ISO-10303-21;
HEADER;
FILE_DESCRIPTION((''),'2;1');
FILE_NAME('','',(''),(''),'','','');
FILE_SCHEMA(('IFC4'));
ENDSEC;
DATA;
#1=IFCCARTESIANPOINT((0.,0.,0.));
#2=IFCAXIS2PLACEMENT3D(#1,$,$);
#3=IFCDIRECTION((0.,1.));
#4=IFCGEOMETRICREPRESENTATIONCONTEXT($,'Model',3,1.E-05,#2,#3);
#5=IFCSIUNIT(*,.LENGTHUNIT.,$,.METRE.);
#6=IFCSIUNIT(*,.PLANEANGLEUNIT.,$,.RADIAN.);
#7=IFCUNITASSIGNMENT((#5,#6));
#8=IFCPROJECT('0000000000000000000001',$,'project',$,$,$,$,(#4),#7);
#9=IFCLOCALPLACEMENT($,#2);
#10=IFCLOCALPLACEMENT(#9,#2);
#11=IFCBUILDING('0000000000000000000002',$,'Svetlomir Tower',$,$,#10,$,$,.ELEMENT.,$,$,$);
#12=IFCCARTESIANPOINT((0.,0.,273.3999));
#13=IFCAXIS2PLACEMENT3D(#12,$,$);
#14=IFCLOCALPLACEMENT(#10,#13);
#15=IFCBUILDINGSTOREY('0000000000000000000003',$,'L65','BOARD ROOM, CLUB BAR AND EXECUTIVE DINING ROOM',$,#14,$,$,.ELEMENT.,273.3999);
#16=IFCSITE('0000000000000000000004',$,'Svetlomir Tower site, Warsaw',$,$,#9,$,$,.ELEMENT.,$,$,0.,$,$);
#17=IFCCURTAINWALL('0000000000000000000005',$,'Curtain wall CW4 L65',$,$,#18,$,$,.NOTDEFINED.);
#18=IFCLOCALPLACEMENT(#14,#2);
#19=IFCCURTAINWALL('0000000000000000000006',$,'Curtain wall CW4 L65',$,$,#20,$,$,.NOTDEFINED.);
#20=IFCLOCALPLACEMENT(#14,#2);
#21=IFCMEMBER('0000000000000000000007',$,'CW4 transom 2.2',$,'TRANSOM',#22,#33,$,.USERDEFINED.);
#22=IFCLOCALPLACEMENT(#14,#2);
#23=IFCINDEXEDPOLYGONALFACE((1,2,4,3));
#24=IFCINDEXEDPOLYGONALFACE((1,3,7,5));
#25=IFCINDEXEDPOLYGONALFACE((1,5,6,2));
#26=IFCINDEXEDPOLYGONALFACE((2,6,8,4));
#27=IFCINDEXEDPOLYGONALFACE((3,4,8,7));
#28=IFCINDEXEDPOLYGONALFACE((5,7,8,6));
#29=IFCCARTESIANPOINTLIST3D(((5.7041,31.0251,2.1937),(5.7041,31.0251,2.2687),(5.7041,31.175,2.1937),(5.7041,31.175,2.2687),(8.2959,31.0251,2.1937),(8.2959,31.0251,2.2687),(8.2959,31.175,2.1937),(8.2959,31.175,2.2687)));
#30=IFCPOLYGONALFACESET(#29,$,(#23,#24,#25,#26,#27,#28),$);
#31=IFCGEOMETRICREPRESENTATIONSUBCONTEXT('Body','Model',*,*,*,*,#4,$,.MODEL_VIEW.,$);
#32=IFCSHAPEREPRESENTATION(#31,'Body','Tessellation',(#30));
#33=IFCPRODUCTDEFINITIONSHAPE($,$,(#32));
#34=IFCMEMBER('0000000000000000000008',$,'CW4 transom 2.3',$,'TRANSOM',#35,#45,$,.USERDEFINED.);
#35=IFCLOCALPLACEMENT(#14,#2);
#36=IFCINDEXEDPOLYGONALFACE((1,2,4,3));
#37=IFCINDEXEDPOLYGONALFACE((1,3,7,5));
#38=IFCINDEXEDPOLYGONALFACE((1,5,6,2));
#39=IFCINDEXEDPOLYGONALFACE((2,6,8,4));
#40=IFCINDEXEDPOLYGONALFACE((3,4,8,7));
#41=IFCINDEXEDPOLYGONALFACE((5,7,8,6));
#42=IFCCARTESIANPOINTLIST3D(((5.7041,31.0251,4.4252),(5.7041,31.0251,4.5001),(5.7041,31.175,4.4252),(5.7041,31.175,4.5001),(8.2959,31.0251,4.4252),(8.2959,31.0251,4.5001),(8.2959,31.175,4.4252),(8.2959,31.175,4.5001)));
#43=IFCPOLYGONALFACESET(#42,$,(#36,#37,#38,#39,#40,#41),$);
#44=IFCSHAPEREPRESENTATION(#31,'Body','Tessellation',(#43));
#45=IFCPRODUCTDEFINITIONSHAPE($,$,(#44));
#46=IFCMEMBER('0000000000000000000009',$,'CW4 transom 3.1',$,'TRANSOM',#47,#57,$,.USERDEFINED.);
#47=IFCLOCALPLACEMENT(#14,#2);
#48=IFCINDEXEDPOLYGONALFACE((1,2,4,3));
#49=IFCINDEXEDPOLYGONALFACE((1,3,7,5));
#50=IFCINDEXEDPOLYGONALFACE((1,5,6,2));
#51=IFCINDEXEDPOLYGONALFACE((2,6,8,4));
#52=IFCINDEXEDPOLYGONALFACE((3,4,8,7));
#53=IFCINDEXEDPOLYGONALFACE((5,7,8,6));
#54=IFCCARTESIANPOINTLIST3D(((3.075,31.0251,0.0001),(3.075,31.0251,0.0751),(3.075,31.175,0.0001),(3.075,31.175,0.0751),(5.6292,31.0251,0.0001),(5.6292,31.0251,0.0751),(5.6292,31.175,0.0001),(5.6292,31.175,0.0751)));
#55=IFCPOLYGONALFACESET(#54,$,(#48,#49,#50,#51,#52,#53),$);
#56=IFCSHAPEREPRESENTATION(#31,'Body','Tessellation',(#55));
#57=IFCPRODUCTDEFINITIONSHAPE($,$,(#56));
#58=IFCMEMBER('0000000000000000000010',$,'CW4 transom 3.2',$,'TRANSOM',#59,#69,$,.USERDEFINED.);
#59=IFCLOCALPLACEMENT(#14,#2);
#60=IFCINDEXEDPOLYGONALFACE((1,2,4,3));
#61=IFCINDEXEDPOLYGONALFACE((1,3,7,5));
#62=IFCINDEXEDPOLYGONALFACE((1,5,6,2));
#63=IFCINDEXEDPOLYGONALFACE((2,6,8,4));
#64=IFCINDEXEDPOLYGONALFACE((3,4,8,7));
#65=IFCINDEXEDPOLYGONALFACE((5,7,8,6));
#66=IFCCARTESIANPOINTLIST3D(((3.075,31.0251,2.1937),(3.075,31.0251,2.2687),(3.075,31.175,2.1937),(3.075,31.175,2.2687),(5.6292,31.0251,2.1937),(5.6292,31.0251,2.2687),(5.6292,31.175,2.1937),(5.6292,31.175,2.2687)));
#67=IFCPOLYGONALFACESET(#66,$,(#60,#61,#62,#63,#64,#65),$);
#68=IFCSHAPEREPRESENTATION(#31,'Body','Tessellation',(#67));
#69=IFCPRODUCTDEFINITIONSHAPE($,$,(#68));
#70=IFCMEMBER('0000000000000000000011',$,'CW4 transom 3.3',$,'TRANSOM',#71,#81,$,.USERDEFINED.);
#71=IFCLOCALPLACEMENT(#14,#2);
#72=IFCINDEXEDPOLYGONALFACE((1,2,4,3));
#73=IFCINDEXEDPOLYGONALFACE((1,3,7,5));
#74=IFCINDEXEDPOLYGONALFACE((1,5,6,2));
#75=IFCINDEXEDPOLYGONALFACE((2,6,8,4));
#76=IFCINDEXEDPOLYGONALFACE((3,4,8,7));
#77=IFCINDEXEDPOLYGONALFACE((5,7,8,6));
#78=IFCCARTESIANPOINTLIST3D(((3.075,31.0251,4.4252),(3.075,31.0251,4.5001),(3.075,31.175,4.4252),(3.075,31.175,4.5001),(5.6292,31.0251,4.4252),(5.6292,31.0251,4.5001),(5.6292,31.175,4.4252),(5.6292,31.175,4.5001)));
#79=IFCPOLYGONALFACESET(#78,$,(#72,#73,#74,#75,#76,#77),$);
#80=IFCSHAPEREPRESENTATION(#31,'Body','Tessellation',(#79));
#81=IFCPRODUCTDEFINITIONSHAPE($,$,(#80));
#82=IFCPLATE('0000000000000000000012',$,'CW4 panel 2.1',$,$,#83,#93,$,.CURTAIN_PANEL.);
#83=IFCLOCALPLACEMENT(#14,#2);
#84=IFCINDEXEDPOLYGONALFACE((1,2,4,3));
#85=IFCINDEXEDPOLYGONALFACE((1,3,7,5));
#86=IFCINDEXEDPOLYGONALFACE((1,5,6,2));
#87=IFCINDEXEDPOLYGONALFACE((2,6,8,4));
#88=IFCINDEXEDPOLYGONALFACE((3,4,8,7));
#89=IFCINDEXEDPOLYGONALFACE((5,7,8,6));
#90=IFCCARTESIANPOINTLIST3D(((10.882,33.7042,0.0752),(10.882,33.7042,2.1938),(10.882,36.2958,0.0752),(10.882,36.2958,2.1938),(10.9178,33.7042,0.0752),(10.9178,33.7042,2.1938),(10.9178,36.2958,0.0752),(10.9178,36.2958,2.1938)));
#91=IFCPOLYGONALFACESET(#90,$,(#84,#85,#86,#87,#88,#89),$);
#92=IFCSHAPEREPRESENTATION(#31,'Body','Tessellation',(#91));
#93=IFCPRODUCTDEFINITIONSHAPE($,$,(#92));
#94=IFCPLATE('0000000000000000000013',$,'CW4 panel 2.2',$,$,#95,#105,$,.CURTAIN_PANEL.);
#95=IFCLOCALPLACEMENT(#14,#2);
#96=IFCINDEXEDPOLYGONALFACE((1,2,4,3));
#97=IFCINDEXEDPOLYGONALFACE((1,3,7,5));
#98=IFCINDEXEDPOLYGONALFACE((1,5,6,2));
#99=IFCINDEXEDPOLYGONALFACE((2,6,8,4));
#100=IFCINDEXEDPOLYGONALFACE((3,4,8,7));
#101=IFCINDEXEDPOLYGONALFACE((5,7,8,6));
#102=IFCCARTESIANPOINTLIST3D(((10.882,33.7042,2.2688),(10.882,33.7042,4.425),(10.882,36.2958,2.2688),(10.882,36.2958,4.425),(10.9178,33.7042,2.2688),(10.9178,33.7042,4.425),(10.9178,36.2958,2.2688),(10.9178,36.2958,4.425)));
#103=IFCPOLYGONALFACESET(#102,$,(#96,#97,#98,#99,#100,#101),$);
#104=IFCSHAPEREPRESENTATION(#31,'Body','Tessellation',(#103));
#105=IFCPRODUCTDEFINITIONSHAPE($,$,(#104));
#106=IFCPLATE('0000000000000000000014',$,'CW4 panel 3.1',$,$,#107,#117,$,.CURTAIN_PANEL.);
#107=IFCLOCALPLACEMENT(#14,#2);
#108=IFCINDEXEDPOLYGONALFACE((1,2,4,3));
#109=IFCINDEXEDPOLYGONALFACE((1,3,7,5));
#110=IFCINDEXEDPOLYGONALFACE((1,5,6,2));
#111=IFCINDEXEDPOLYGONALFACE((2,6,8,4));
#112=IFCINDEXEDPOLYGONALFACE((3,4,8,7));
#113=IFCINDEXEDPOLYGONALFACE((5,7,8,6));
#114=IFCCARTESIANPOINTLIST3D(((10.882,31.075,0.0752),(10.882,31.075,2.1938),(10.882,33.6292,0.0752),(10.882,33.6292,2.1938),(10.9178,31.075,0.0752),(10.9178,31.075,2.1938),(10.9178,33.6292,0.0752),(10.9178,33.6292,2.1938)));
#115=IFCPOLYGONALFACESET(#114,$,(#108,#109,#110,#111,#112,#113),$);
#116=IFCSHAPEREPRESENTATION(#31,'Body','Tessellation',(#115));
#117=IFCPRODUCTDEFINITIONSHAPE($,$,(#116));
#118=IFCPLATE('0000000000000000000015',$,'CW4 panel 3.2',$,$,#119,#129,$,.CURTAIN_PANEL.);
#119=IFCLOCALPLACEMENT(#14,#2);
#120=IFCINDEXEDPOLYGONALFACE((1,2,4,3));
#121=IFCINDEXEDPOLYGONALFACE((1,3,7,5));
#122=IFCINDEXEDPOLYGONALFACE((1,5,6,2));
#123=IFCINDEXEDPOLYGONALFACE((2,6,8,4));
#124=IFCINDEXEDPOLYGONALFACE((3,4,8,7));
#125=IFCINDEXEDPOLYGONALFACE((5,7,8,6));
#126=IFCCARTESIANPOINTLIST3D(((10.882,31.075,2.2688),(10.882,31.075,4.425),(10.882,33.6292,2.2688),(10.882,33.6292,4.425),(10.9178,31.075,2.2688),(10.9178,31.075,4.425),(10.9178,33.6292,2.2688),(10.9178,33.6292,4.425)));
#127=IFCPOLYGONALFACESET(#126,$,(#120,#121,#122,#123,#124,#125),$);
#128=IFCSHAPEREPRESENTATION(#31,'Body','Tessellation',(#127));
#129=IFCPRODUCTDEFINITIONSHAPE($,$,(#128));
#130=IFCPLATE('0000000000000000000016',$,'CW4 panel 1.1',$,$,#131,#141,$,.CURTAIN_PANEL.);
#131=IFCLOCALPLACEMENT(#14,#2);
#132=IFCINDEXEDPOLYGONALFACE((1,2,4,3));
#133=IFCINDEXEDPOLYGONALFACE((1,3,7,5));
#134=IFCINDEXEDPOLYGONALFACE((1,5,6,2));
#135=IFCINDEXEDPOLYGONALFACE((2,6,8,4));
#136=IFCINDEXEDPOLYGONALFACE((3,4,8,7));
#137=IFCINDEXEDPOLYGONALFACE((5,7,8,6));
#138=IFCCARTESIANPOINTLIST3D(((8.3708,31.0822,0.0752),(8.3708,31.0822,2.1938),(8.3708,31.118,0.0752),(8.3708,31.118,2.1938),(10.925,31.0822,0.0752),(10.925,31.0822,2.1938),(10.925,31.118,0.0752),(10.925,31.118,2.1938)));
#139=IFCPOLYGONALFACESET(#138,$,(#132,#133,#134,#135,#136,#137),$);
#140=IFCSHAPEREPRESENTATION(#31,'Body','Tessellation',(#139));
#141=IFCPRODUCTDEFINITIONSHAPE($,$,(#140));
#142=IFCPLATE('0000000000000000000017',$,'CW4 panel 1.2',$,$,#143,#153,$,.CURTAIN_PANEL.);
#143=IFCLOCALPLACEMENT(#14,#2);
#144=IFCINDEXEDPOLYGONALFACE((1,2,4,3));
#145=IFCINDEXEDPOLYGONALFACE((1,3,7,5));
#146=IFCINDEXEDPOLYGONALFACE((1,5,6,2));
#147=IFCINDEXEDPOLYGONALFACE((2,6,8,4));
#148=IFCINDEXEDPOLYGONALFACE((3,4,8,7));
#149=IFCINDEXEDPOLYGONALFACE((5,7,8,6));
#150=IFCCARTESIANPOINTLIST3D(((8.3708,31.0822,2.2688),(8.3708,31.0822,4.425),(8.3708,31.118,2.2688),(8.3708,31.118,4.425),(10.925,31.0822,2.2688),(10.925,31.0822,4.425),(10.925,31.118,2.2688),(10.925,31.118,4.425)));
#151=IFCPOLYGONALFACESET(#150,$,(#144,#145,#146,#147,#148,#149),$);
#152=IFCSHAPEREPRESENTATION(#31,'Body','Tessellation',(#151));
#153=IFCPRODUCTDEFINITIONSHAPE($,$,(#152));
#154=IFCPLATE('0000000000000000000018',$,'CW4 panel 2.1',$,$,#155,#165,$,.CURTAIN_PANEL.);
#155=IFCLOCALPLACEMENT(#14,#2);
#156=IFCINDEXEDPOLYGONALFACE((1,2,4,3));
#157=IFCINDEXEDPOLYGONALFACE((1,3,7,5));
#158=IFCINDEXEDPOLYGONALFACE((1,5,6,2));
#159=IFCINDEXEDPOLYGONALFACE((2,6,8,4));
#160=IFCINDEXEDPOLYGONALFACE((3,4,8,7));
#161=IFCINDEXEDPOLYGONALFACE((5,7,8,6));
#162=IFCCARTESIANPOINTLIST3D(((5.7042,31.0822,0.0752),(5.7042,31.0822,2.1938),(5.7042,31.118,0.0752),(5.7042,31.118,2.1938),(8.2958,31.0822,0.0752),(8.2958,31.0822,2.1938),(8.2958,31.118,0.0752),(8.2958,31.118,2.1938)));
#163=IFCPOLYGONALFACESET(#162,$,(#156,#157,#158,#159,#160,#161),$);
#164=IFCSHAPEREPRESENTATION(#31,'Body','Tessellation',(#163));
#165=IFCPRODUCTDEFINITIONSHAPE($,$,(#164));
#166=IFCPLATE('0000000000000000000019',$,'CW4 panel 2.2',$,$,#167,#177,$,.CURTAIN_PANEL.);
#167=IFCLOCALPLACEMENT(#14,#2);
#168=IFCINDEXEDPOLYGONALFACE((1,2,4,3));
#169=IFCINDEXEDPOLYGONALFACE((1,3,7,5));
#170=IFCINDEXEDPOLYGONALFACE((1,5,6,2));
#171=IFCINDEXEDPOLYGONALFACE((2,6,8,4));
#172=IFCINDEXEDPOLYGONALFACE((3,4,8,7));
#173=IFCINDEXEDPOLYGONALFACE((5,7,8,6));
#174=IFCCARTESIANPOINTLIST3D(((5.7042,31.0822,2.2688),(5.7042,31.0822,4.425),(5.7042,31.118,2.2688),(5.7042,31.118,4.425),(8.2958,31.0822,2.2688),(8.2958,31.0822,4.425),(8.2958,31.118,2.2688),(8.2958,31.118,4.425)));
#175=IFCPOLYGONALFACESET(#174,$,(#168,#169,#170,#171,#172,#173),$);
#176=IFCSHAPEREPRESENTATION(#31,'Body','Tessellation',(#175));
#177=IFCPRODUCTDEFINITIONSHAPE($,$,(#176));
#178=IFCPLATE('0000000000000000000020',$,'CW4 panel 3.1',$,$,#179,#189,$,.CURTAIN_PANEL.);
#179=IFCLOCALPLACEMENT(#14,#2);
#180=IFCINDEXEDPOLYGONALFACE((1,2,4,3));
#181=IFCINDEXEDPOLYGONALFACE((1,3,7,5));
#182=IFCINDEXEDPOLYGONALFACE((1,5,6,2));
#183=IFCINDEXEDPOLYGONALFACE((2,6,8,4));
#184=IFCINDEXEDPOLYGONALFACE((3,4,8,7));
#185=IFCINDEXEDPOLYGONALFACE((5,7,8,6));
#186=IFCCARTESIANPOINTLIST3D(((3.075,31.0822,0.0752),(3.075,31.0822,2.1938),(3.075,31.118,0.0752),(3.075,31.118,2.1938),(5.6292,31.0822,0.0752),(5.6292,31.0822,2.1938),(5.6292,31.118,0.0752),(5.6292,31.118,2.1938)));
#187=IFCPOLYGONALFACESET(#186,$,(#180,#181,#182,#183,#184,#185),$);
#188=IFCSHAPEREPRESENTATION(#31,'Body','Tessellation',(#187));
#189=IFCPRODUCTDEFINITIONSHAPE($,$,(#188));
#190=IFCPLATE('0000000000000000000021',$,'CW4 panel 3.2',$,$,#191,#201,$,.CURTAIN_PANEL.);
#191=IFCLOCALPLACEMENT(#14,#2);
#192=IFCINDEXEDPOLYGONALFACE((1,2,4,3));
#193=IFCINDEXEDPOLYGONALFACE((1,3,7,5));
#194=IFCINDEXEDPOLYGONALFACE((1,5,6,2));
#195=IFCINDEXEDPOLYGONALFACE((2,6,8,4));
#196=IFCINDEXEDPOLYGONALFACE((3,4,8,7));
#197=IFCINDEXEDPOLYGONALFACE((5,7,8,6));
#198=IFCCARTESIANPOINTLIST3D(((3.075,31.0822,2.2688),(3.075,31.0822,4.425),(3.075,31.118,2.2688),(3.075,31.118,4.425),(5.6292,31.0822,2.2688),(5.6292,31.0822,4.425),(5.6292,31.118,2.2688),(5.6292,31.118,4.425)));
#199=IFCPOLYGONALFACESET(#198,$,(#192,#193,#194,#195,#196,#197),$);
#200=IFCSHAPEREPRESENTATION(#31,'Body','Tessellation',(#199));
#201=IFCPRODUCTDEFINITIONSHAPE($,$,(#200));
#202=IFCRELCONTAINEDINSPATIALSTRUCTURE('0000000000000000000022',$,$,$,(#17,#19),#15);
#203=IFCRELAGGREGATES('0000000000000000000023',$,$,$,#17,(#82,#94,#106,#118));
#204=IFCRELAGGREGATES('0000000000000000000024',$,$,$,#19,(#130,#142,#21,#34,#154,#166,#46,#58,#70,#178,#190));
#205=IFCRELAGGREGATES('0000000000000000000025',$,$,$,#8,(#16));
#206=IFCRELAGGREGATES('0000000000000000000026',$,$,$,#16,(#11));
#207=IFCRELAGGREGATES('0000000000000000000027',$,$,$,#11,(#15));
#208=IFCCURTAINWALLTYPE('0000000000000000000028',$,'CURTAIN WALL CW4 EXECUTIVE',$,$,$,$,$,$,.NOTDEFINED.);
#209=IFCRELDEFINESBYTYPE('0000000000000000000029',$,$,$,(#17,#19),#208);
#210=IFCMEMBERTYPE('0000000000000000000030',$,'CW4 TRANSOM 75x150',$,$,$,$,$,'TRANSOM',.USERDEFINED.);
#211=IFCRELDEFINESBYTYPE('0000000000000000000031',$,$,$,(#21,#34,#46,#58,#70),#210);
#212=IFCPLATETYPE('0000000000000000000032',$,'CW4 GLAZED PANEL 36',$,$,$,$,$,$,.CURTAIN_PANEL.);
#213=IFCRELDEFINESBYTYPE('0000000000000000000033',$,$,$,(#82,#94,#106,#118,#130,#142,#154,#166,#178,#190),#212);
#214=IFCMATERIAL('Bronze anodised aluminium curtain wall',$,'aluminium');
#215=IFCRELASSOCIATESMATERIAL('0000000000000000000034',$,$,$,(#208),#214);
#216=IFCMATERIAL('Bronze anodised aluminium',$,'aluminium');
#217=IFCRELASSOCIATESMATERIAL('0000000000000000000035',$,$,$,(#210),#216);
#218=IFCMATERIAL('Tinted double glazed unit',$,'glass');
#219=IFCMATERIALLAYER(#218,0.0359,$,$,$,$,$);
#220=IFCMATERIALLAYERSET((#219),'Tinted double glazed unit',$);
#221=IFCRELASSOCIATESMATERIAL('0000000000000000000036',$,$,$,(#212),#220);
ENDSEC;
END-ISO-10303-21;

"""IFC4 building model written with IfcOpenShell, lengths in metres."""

from ifc_helpers import new_model, si_unit, direction, frame, origin, origin_2d, place, context, subcontext, project, spatial, rectangle, extrude, material, layer, layer_set, material_profile, profile_set, type_object, element, aggregate, save


model = new_model("IFC4")

# Units and contexts
model_context = context("Model", 3, precision=1e-05, world=origin(), true_north=direction((0.0, 1.0)))
body_context = subcontext(model_context, "Body", "Model", "MODEL_VIEW")
ifc_project = project(units=[si_unit("LENGTHUNIT", "METRE"), si_unit("PLANEANGLEUNIT", "RADIAN")], contexts=[model_context])

# Site, building, storey
site_placement = place(None, origin())
site = spatial("IfcSite", under=ifc_project, at=site_placement, Name="Svetlomir Tower site, Warsaw", CompositionType="ELEMENT", RefElevation=0.0)
building_placement = place(site_placement, origin())
building = spatial("IfcBuilding", under=site, at=building_placement, Name="Svetlomir Tower", CompositionType="ELEMENT")
storey_placement = place(building_placement, frame((0.0, 0.0, 273.3999)))
storey = spatial("IfcBuildingStorey", under=building, at=storey_placement, Name="L65", Description="BOARD ROOM, CLUB BAR AND EXECUTIVE DINING ROOM", CompositionType="ELEMENT", Elevation=273.3999)

# Curtain walls
ifc_material_1 = material(Name="Bronze anodised aluminium curtain wall", Category="aluminium")
curtain_wall_type = type_object("IfcCurtainWallType", Name="CURTAIN WALL CW4 EXECUTIVE", PredefinedType="NOTDEFINED", material=ifc_material_1)
curtain_wall_1_placement = place(storey_placement, origin())
curtain_wall_1 = element("IfcCurtainWall", 1, at=curtain_wall_1_placement, inside=storey, type_object=curtain_wall_type, Name="Curtain wall CW4 L65", PredefinedType="NOTDEFINED")
curtain_wall_2_placement = place(storey_placement, origin())
curtain_wall_2 = element("IfcCurtainWall", 2, at=curtain_wall_2_placement, inside=storey, type_object=curtain_wall_type, Name="Curtain wall CW4 L65", PredefinedType="NOTDEFINED")

# Members
ifc_material_2 = material(Name="Bronze anodised aluminium", Category="aluminium")
ifc_material_profile_1 = material_profile(ifc_material_2, rectangle(XDim=0.1499, YDim=0.075, at=origin_2d()), Name="AL 150x75")
ifc_profile_set_1 = profile_set([ifc_material_profile_1], Name="Bronze anodised aluminium 6063-T6")
member_type_1 = type_object("IfcMemberType", Name="CW4 TRANSOM 75x150", ElementType="TRANSOM", PredefinedType="USERDEFINED", material=ifc_profile_set_1)
member_1_placement = place(storey_placement, frame((8.2959, 31.1001, 2.2312), z_axis=(-1.0, 0.0, 0.0), x_axis=(0.0, -1.0, 0.0)))
member_1 = element("IfcMember", 3, at=member_1_placement, type_object=member_type_1, Name="CW4 transom 2.2", ObjectType="TRANSOM", PredefinedType="USERDEFINED", context=body_context, shape_type="SweptSolid", body=[
    extrude(rectangle(XDim=0.1499, YDim=0.075, at=origin_2d()), origin(), (0.0, 0.0, 1.0), 2.5918),
])
member_2_placement = place(storey_placement, frame((8.2959, 31.1001, 4.4626), z_axis=(-1.0, 0.0, 0.0), x_axis=(0.0, -1.0, 0.0)))
member_2 = element("IfcMember", 4, at=member_2_placement, type_object=member_type_1, Name="CW4 transom 2.3", ObjectType="TRANSOM", PredefinedType="USERDEFINED", context=body_context, shape_type="SweptSolid", body=[
    extrude(rectangle(XDim=0.1499, YDim=0.075, at=origin_2d()), origin(), (0.0, 0.0, 1.0), 2.5918),
])
member_3_placement = place(storey_placement, frame((5.6292, 31.1001, 0.0376), z_axis=(-1.0, 0.0, 0.0), x_axis=(0.0, -1.0, 0.0)))
member_3 = element("IfcMember", 5, at=member_3_placement, type_object=member_type_1, Name="CW4 transom 3.1", ObjectType="TRANSOM", PredefinedType="USERDEFINED", context=body_context, shape_type="SweptSolid", body=[
    extrude(rectangle(XDim=0.1499, YDim=0.075, at=origin_2d()), origin(), (0.0, 0.0, 1.0), 2.5542),
])
member_4_placement = place(storey_placement, frame((5.6292, 31.1001, 2.2312), z_axis=(-1.0, 0.0, 0.0), x_axis=(0.0, -1.0, 0.0)))
member_4 = element("IfcMember", 6, at=member_4_placement, type_object=member_type_1, Name="CW4 transom 3.2", ObjectType="TRANSOM", PredefinedType="USERDEFINED", context=body_context, shape_type="SweptSolid", body=[
    extrude(rectangle(XDim=0.1499, YDim=0.075, at=origin_2d()), origin(), (0.0, 0.0, 1.0), 2.5542),
])
member_5_placement = place(storey_placement, frame((5.6292, 31.1001, 4.4626), z_axis=(-1.0, 0.0, 0.0), x_axis=(0.0, -1.0, 0.0)))
member_5 = element("IfcMember", 7, at=member_5_placement, type_object=member_type_1, Name="CW4 transom 3.3", ObjectType="TRANSOM", PredefinedType="USERDEFINED", context=body_context, shape_type="SweptSolid", body=[
    extrude(rectangle(XDim=0.1499, YDim=0.075, at=origin_2d()), origin(), (0.0, 0.0, 1.0), 2.5542),
])

# Plates
ifc_material_3 = material(Name="Tinted double glazed unit", Category="glass")
ifc_layer = layer(ifc_material_3, 0.0359)
ifc_layer_set = layer_set([ifc_layer], Name="Tinted double glazed unit")
plate_type = type_object("IfcPlateType", Name="CW4 GLAZED PANEL 36", PredefinedType="CURTAIN_PANEL", material=ifc_layer_set)
plate_1_placement = place(storey_placement, frame((10.8999, 35.0, 0.0752), z_axis=(0.0, 0.0, 1.0), x_axis=(0.0, -1.0, 0.0)))
plate_1 = element("IfcPlate", 8, at=plate_1_placement, type_object=plate_type, Name="CW4 panel 2.1", PredefinedType="CURTAIN_PANEL", context=body_context, shape_type="SweptSolid", body=[
    extrude(rectangle(XDim=2.5916, YDim=0.0359, at=origin_2d()), origin(), (0.0, 0.0, 1.0), 2.1187),
])
plate_2_placement = place(storey_placement, frame((10.8999, 35.0, 2.2688), z_axis=(0.0, 0.0, 1.0), x_axis=(0.0, -1.0, 0.0)))
plate_2 = element("IfcPlate", 9, at=plate_2_placement, type_object=plate_type, Name="CW4 panel 2.2", PredefinedType="CURTAIN_PANEL", context=body_context, shape_type="SweptSolid", body=[
    extrude(rectangle(XDim=2.5916, YDim=0.0359, at=origin_2d()), origin(), (0.0, 0.0, 1.0), 2.1562),
])
plate_3_placement = place(storey_placement, frame((10.8999, 32.3521, 0.0752), z_axis=(0.0, 0.0, 1.0), x_axis=(0.0, -1.0, 0.0)))
plate_3 = element("IfcPlate", 10, at=plate_3_placement, type_object=plate_type, Name="CW4 panel 3.1", PredefinedType="CURTAIN_PANEL", context=body_context, shape_type="SweptSolid", body=[
    extrude(rectangle(XDim=2.5542, YDim=0.0359, at=origin_2d()), origin(), (0.0, 0.0, 1.0), 2.1187),
])
plate_4_placement = place(storey_placement, frame((10.8999, 32.3521, 2.2688), z_axis=(0.0, 0.0, 1.0), x_axis=(0.0, -1.0, 0.0)))
plate_4 = element("IfcPlate", 11, at=plate_4_placement, type_object=plate_type, Name="CW4 panel 3.2", PredefinedType="CURTAIN_PANEL", context=body_context, shape_type="SweptSolid", body=[
    extrude(rectangle(XDim=2.5542, YDim=0.0359, at=origin_2d()), origin(), (0.0, 0.0, 1.0), 2.1562),
])
aggregate(curtain_wall_1, [plate_1, plate_2, plate_3, plate_4])
plate_5_placement = place(storey_placement, frame((9.6479, 31.1001, 0.0752), z_axis=(0.0, 0.0, 1.0), x_axis=(-1.0, 0.0, 0.0)))
plate_5 = element("IfcPlate", 12, at=plate_5_placement, type_object=plate_type, Name="CW4 panel 1.1", PredefinedType="CURTAIN_PANEL", context=body_context, shape_type="SweptSolid", body=[
    extrude(rectangle(XDim=2.5542, YDim=0.0359, at=origin_2d()), origin(), (0.0, 0.0, 1.0), 2.1187),
])
plate_6_placement = place(storey_placement, frame((9.6479, 31.1001, 2.2688), z_axis=(0.0, 0.0, 1.0), x_axis=(-1.0, 0.0, 0.0)))
plate_6 = element("IfcPlate", 13, at=plate_6_placement, type_object=plate_type, Name="CW4 panel 1.2", PredefinedType="CURTAIN_PANEL", context=body_context, shape_type="SweptSolid", body=[
    extrude(rectangle(XDim=2.5542, YDim=0.0359, at=origin_2d()), origin(), (0.0, 0.0, 1.0), 2.1562),
])
plate_7_placement = place(storey_placement, frame((7.0, 31.1001, 0.0752), z_axis=(0.0, 0.0, 1.0), x_axis=(-1.0, 0.0, 0.0)))
plate_7 = element("IfcPlate", 14, at=plate_7_placement, type_object=plate_type, Name="CW4 panel 2.1", PredefinedType="CURTAIN_PANEL", context=body_context, shape_type="SweptSolid", body=[
    extrude(rectangle(XDim=2.5916, YDim=0.0359, at=origin_2d()), origin(), (0.0, 0.0, 1.0), 2.1187),
])
plate_8_placement = place(storey_placement, frame((7.0, 31.1001, 2.2688), z_axis=(0.0, 0.0, 1.0), x_axis=(-1.0, 0.0, 0.0)))
plate_8 = element("IfcPlate", 15, at=plate_8_placement, type_object=plate_type, Name="CW4 panel 2.2", PredefinedType="CURTAIN_PANEL", context=body_context, shape_type="SweptSolid", body=[
    extrude(rectangle(XDim=2.5916, YDim=0.0359, at=origin_2d()), origin(), (0.0, 0.0, 1.0), 2.1562),
])
plate_9_placement = place(storey_placement, frame((4.3521, 31.1001, 0.0752), z_axis=(0.0, 0.0, 1.0), x_axis=(-1.0, 0.0, 0.0)))
plate_9 = element("IfcPlate", 16, at=plate_9_placement, type_object=plate_type, Name="CW4 panel 3.1", PredefinedType="CURTAIN_PANEL", context=body_context, shape_type="SweptSolid", body=[
    extrude(rectangle(XDim=2.5542, YDim=0.0359, at=origin_2d()), origin(), (0.0, 0.0, 1.0), 2.1187),
])
plate_10_placement = place(storey_placement, frame((4.3521, 31.1001, 2.2688), z_axis=(0.0, 0.0, 1.0), x_axis=(-1.0, 0.0, 0.0)))
plate_10 = element("IfcPlate", 17, at=plate_10_placement, type_object=plate_type, Name="CW4 panel 3.2", PredefinedType="CURTAIN_PANEL", context=body_context, shape_type="SweptSolid", body=[
    extrude(rectangle(XDim=2.5542, YDim=0.0359, at=origin_2d()), origin(), (0.0, 0.0, 1.0), 2.1562),
])
aggregate(curtain_wall_2, [plate_5, plate_6, member_1, member_2, plate_7, plate_8, member_3, member_4, member_5, plate_9, plate_10])

save(model, "model.ifc")
